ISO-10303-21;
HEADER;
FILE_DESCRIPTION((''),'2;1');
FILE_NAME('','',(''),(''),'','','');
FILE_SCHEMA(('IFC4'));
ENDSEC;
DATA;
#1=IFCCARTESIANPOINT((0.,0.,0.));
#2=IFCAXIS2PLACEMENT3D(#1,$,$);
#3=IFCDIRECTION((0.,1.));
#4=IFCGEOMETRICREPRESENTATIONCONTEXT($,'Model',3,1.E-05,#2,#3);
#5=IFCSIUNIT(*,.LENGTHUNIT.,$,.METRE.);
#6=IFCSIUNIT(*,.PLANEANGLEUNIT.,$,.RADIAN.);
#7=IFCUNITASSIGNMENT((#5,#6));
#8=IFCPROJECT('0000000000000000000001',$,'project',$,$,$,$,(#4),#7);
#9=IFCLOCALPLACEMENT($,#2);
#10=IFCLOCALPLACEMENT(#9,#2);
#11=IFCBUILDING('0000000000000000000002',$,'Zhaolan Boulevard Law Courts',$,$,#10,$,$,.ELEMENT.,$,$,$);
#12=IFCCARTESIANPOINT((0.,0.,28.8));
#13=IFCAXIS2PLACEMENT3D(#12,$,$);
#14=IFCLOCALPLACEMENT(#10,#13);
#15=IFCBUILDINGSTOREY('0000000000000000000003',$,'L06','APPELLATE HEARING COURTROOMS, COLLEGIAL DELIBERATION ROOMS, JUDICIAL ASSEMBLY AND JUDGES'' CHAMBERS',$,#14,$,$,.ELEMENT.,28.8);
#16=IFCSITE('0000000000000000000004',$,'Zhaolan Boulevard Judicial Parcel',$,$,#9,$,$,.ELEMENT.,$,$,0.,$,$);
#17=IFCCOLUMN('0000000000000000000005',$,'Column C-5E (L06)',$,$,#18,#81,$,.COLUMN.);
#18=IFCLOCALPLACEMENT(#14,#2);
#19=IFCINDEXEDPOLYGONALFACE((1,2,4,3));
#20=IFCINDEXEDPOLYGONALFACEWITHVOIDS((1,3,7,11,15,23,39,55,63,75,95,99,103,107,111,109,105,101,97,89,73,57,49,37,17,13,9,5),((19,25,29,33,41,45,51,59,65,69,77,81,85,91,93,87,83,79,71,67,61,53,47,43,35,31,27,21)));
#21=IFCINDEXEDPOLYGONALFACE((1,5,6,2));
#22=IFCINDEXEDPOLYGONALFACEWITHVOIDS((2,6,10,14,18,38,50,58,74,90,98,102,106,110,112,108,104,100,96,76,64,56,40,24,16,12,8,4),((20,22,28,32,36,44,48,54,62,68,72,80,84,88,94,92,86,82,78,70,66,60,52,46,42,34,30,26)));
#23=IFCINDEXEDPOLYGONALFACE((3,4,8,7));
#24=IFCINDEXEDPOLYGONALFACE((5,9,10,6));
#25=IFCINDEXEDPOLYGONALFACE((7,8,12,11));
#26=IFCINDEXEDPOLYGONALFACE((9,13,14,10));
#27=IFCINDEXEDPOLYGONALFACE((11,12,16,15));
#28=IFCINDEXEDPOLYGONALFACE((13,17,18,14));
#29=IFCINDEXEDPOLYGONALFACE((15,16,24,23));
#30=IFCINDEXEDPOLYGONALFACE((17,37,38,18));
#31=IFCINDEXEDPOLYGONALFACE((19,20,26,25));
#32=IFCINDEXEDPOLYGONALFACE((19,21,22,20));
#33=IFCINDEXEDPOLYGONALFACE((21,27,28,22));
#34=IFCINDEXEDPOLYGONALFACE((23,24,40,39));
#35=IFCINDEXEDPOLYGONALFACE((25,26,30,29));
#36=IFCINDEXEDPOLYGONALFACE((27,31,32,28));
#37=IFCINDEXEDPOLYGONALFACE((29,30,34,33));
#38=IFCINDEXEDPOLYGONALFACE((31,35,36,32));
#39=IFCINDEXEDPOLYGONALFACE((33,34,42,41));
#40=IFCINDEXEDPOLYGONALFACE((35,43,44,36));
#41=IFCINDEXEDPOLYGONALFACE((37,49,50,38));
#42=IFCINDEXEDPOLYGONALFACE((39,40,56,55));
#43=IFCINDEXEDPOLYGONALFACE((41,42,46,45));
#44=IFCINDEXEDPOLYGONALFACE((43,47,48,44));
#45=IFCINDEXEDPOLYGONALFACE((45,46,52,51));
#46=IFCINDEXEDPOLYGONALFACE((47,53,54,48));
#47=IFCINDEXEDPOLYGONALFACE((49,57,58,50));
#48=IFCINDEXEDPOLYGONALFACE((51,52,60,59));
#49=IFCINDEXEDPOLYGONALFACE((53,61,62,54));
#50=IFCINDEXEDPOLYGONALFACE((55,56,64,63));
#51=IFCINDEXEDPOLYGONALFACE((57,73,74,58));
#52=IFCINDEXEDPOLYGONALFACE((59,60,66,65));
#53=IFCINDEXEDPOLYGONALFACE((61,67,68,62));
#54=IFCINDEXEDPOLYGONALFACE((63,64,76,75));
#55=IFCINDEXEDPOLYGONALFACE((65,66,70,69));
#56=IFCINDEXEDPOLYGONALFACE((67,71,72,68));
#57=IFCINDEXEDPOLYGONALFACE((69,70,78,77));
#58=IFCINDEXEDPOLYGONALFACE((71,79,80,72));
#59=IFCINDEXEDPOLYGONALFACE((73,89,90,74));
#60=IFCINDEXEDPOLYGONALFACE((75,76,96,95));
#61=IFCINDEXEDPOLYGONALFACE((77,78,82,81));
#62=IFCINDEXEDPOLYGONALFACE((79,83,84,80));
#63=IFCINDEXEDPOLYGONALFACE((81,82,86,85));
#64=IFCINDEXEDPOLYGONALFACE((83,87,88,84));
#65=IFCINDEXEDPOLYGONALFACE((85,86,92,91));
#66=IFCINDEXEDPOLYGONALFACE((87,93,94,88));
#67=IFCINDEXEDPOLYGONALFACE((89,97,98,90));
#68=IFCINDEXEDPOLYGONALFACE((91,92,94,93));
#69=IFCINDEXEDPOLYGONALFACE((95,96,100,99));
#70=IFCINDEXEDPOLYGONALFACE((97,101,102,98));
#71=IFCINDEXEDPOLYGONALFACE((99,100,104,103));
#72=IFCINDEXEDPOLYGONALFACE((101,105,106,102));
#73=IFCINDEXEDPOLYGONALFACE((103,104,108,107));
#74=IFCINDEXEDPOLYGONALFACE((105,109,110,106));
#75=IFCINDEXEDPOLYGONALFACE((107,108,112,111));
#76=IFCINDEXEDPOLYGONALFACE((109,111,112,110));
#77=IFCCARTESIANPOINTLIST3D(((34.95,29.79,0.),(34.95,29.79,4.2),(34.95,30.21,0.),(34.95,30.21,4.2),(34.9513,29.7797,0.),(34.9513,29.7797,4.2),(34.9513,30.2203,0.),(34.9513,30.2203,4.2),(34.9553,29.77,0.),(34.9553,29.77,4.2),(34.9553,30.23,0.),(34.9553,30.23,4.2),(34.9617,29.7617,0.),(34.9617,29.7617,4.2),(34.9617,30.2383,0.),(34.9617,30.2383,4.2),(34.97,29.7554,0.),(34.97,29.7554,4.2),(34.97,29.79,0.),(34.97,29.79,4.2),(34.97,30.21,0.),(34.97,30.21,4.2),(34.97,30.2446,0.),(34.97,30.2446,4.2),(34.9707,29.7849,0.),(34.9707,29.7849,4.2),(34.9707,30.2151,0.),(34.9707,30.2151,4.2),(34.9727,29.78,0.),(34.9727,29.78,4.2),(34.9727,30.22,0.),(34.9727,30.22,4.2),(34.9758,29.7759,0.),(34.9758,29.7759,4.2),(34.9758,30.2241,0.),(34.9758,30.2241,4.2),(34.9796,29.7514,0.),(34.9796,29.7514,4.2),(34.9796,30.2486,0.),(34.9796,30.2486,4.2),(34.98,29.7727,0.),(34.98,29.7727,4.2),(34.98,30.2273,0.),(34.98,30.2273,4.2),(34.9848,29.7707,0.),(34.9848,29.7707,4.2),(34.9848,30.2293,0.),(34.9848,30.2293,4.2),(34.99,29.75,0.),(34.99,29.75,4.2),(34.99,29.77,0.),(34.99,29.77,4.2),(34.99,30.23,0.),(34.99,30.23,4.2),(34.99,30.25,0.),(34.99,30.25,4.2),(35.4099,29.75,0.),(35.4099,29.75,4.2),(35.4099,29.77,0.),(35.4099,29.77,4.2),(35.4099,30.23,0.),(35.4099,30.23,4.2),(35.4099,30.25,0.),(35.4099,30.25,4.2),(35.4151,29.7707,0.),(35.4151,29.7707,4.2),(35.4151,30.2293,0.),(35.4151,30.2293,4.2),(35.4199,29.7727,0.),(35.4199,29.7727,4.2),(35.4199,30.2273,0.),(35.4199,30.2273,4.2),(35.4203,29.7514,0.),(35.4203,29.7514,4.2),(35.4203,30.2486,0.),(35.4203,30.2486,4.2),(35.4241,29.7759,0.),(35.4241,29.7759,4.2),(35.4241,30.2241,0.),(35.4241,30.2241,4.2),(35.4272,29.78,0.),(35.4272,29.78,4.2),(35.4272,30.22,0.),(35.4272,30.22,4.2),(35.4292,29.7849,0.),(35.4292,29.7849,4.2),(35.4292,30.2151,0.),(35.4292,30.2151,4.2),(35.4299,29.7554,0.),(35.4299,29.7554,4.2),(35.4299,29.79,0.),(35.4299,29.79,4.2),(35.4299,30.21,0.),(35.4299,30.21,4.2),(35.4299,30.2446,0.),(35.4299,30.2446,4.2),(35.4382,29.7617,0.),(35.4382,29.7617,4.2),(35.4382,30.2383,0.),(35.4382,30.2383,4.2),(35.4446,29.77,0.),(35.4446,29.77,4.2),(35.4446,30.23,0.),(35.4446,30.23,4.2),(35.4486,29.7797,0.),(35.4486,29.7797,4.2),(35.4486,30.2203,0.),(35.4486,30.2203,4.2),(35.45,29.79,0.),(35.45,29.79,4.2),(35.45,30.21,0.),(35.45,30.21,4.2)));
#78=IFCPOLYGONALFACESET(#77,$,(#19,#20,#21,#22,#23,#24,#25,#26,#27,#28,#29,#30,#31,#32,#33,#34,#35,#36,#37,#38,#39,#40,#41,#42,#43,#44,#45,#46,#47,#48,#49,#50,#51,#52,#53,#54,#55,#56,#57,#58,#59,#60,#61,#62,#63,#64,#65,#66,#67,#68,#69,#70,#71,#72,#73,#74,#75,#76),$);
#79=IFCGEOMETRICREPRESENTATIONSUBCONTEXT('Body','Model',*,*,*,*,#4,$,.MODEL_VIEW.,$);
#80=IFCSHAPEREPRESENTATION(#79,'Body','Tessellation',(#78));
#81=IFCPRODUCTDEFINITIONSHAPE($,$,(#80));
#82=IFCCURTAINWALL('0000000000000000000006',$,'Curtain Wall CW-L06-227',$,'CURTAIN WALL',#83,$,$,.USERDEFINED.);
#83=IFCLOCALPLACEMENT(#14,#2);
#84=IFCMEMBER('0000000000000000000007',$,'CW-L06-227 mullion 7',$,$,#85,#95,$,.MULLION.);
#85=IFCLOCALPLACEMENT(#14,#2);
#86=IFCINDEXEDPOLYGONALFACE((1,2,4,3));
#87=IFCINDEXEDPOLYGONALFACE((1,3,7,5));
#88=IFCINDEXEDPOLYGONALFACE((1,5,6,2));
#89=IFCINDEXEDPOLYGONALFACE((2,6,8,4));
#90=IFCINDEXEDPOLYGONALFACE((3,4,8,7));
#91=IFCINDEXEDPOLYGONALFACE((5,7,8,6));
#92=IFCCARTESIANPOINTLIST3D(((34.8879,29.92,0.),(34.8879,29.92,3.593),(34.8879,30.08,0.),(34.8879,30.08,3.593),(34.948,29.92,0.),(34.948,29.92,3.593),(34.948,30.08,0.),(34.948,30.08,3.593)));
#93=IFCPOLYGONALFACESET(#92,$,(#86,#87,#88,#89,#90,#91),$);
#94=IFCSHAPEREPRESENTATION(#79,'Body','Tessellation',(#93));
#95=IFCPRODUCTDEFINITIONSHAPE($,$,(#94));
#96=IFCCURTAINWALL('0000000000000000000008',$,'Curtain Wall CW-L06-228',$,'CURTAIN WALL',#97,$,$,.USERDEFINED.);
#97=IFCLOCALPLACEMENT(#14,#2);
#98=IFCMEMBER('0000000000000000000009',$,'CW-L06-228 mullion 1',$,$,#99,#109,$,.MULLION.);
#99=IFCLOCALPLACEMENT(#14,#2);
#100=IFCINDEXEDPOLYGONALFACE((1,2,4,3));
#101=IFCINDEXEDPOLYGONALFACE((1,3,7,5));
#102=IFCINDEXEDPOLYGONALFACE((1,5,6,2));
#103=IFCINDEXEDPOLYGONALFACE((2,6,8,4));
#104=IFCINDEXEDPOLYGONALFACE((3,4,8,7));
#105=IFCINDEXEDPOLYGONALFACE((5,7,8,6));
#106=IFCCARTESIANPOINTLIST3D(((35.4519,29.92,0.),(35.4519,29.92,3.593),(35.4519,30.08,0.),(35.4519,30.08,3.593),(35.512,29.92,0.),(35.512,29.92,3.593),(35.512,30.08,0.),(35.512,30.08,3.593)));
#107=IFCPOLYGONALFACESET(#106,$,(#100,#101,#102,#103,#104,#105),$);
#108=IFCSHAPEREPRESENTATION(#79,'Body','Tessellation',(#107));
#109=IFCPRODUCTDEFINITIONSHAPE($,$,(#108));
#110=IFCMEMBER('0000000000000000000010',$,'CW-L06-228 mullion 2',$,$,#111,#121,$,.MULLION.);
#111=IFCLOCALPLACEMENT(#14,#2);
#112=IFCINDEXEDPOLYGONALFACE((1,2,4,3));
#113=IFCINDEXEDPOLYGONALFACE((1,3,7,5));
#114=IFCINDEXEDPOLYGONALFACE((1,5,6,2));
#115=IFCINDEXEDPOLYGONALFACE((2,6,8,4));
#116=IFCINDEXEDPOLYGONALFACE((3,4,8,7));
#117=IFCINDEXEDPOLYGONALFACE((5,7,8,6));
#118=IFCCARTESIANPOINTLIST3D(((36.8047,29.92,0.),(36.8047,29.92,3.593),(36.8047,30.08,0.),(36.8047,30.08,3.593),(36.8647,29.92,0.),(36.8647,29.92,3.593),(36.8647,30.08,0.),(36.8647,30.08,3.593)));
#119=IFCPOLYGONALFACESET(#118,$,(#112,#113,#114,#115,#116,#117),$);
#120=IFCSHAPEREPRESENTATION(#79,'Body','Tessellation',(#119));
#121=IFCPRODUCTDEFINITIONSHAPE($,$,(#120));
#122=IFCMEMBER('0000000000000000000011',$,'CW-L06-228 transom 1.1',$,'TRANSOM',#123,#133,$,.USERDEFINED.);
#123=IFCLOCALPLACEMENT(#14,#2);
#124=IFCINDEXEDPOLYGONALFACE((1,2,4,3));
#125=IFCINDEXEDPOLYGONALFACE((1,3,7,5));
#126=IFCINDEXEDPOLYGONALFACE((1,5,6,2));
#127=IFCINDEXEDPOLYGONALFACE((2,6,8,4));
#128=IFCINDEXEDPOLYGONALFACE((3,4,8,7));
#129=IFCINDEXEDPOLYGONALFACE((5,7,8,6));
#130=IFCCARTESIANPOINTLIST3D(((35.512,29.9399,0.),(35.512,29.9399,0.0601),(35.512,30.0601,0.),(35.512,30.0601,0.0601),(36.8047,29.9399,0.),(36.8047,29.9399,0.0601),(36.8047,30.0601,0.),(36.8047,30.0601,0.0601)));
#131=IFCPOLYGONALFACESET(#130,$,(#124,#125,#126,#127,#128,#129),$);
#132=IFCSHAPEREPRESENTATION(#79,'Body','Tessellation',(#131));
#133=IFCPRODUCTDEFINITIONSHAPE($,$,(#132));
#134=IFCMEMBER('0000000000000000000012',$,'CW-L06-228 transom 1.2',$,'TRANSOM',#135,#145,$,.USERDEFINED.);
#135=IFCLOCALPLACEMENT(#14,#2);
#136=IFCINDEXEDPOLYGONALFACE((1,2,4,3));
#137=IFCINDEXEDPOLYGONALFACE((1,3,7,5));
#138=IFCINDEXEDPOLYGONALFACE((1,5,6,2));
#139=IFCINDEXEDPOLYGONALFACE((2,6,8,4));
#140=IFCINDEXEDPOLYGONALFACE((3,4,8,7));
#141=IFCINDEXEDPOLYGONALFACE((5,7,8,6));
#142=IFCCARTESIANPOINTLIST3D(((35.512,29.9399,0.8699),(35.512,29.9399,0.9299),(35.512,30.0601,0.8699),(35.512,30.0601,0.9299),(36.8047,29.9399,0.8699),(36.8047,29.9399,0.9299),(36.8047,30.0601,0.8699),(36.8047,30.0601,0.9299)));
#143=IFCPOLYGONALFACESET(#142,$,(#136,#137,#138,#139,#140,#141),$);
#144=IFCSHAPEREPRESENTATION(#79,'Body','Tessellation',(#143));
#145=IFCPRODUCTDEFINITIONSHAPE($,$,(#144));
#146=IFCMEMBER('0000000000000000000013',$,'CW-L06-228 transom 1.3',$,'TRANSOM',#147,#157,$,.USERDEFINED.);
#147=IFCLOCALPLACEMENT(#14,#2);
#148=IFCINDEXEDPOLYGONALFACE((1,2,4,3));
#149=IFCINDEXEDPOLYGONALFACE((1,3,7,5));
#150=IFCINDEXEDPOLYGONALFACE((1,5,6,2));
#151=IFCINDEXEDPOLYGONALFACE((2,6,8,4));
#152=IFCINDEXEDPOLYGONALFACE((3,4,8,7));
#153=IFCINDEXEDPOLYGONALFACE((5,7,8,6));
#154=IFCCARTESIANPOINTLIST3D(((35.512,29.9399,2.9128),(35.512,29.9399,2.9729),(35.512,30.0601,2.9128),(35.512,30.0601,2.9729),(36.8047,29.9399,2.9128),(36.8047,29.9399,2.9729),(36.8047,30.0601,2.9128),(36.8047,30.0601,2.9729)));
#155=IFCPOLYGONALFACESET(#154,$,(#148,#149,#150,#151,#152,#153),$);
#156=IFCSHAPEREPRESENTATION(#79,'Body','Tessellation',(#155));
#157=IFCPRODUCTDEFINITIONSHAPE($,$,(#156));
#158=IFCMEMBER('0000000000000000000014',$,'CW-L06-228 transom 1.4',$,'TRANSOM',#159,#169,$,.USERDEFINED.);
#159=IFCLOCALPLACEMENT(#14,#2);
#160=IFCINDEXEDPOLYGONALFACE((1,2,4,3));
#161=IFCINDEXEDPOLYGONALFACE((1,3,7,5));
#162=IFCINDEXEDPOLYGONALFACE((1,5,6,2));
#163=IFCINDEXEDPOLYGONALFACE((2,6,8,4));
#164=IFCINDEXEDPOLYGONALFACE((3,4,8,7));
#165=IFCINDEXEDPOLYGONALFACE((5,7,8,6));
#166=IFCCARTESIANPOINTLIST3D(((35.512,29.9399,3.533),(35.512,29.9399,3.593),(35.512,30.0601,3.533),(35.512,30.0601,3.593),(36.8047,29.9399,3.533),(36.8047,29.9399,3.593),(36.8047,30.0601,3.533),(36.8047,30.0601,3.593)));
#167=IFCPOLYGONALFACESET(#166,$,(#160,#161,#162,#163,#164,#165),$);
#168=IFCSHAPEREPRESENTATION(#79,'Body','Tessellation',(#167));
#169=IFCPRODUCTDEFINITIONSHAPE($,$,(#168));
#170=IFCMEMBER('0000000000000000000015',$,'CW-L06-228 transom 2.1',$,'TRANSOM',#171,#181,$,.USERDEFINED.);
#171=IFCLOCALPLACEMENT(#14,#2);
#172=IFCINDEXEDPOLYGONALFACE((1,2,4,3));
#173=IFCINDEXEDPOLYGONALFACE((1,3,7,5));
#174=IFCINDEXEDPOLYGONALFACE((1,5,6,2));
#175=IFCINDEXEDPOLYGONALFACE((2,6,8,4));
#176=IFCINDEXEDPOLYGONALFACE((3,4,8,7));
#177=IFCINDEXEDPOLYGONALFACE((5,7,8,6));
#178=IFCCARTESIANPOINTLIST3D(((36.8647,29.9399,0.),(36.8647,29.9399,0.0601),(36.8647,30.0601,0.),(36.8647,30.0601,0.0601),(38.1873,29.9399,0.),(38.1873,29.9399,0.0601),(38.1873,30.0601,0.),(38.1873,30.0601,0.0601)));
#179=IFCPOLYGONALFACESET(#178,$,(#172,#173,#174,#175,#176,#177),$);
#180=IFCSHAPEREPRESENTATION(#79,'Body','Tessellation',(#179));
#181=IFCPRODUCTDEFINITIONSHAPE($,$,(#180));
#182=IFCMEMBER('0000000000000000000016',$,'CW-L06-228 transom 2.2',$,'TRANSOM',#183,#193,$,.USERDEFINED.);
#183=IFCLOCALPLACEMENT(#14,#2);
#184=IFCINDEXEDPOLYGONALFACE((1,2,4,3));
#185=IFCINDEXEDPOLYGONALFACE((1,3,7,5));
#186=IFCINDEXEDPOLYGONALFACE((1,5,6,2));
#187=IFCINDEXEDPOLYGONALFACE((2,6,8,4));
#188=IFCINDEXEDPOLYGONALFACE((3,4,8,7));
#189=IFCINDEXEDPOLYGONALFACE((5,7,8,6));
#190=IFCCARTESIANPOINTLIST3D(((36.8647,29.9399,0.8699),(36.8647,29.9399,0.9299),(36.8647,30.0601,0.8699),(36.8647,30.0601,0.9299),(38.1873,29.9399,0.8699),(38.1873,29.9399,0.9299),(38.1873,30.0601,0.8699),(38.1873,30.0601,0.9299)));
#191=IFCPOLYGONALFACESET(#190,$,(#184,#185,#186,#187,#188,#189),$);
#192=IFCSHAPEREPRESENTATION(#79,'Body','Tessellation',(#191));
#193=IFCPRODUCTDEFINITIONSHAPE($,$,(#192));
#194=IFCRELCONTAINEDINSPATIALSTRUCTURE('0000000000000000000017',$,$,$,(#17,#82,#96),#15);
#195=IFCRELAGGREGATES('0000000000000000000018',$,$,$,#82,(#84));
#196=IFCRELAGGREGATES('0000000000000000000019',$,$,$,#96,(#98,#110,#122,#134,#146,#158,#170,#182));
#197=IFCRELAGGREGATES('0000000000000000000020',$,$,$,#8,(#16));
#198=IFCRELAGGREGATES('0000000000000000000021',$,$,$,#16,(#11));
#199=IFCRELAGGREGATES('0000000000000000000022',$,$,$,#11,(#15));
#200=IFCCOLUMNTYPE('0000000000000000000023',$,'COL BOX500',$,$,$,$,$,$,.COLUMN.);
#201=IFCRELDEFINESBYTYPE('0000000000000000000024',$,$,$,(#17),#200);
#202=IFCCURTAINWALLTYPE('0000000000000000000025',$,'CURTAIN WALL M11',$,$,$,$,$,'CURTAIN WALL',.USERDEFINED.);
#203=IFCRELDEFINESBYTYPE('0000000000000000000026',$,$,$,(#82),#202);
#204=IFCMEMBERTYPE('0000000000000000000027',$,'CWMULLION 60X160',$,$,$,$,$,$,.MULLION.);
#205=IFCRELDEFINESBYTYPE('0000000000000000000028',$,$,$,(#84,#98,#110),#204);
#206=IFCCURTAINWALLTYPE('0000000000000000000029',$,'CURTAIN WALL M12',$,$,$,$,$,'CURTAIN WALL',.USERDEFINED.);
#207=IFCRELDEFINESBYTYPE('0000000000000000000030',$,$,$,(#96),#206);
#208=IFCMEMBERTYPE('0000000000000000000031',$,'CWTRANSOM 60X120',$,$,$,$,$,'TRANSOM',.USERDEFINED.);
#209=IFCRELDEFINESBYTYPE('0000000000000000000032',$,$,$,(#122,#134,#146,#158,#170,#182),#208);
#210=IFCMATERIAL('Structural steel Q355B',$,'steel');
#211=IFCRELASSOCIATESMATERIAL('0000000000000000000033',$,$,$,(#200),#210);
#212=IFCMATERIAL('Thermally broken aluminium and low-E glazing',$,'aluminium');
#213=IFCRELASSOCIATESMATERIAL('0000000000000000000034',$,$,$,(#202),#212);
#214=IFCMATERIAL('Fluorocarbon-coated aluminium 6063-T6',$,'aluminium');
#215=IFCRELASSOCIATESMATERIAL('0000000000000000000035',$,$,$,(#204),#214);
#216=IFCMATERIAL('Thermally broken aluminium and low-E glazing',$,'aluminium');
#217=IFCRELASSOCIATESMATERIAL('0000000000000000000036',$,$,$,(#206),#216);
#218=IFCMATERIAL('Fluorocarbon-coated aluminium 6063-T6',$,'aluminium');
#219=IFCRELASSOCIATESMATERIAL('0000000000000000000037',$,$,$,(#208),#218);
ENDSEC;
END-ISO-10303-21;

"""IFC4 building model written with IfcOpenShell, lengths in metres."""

from ifc_helpers import new_model, si_unit, direction, frame, origin, origin_2d, place, context, subcontext, project, spatial, rectangle, hollow_rectangle, extrude, material, material_profile, profile_set, type_object, element, aggregate, save


model = new_model("IFC4")

# Units and contexts
model_context = context("Model", 3, precision=1e-05, world=origin(), true_north=direction((0.0, 1.0)))
body_context = subcontext(model_context, "Body", "Model", "MODEL_VIEW")
ifc_project = project(units=[si_unit("LENGTHUNIT", "METRE"), si_unit("PLANEANGLEUNIT", "RADIAN")], contexts=[model_context])

# Site, building, storey
site_placement = place(None, origin())
site = spatial("IfcSite", under=ifc_project, at=site_placement, Name="Zhaolan Boulevard Judicial Parcel", CompositionType="ELEMENT", RefElevation=0.0)
building_placement = place(site_placement, origin())
building = spatial("IfcBuilding", under=site, at=building_placement, Name="Zhaolan Boulevard Law Courts", CompositionType="ELEMENT")
storey_placement = place(building_placement, frame((0.0, 0.0, 28.8)))
storey = spatial("IfcBuildingStorey", under=building, at=storey_placement, Name="L06", Description="APPELLATE HEARING COURTROOMS, COLLEGIAL DELIBERATION ROOMS, JUDICIAL ASSEMBLY AND JUDGES' CHAMBERS", CompositionType="ELEMENT", Elevation=28.8)

# Column
ifc_material_1 = material(Name="Structural steel Q355B", Category="steel")
ifc_material_profile_1 = material_profile(ifc_material_1, hollow_rectangle(XDim=0.5, YDim=0.5, WallThickness=0.02, InnerFilletRadius=0.02, OuterFilletRadius=0.04, at=origin_2d()), Name="BOX500x500x20")
ifc_profile_set_1 = profile_set([ifc_material_profile_1], Name="Structural steel Q355B")
column_type = type_object("IfcColumnType", Name="COL BOX500", PredefinedType="COLUMN", material=ifc_profile_set_1)
column_placement = place(storey_placement, frame((35.2, 30.0, 0.0), z_axis=(0.0, 0.0, 1.0), x_axis=(1.0, 0.0, 0.0)))
element("IfcColumn", 1, at=column_placement, inside=storey, type_object=column_type, Name="Column C-5E (L06)", PredefinedType="COLUMN", context=body_context, shape_type="SweptSolid", body=[
    extrude(hollow_rectangle(XDim=0.5, YDim=0.5, WallThickness=0.02, InnerFilletRadius=0.02, OuterFilletRadius=0.04, at=origin_2d()), origin(), (0.0, 0.0, 1.0), 4.2),
])

# Curtain wall, member
ifc_material_2 = material(Name="Thermally broken aluminium and low-E glazing", Category="aluminium")
curtain_wall_type_1 = type_object("IfcCurtainWallType", Name="CURTAIN WALL M11", ElementType="CURTAIN WALL", PredefinedType="USERDEFINED", material=ifc_material_2)
curtain_wall_1_placement = place(storey_placement, origin())
curtain_wall_1 = element("IfcCurtainWall", 2, at=curtain_wall_1_placement, inside=storey, type_object=curtain_wall_type_1, Name="Curtain Wall CW-L06-227", ObjectType="CURTAIN WALL", PredefinedType="USERDEFINED")
ifc_material_3 = material(Name="Fluorocarbon-coated aluminium 6063-T6", Category="aluminium")
ifc_material_profile_2 = material_profile(ifc_material_3, rectangle(XDim=0.1599, YDim=0.0601, at=origin_2d()), Name="AL60x160")
ifc_profile_set_2 = profile_set([ifc_material_profile_2], Name="Fluorocarbon-coated aluminium 6063-T6")
member_type_1 = type_object("IfcMemberType", Name="CWMULLION 60X160", PredefinedType="MULLION", material=ifc_profile_set_2)
member_1_placement = place(storey_placement, frame((34.918, 30.0, 0.0), z_axis=(0.0, 0.0, 1.0), x_axis=(0.0, 1.0, 0.0)))
member_1 = element("IfcMember", 3, at=member_1_placement, type_object=member_type_1, Name="CW-L06-227 mullion 7", PredefinedType="MULLION", context=body_context, shape_type="SweptSolid", body=[
    extrude(rectangle(XDim=0.1599, YDim=0.0601, at=origin_2d()), origin(), (0.0, 0.0, 1.0), 3.593),
])
aggregate(curtain_wall_1, [member_1])

# Curtain wall, members
ifc_material_4 = material(Name="Thermally broken aluminium and low-E glazing", Category="aluminium")
curtain_wall_type_2 = type_object("IfcCurtainWallType", Name="CURTAIN WALL M12", ElementType="CURTAIN WALL", PredefinedType="USERDEFINED", material=ifc_material_4)
curtain_wall_2_placement = place(storey_placement, origin())
curtain_wall_2 = element("IfcCurtainWall", 4, at=curtain_wall_2_placement, inside=storey, type_object=curtain_wall_type_2, Name="Curtain Wall CW-L06-228", ObjectType="CURTAIN WALL", PredefinedType="USERDEFINED")
member_2_placement = place(storey_placement, frame((35.4819, 30.0, 0.0), z_axis=(0.0, 0.0, 1.0), x_axis=(0.0, 1.0, 0.0)))
member_2 = element("IfcMember", 5, at=member_2_placement, type_object=member_type_1, Name="CW-L06-228 mullion 1", PredefinedType="MULLION", context=body_context, shape_type="SweptSolid", body=[
    extrude(rectangle(XDim=0.1599, YDim=0.0601, at=origin_2d()), origin(), (0.0, 0.0, 1.0), 3.593),
])
member_3_placement = place(storey_placement, frame((36.8347, 30.0, 0.0), z_axis=(0.0, 0.0, 1.0), x_axis=(0.0, 1.0, 0.0)))
member_3 = element("IfcMember", 6, at=member_3_placement, type_object=member_type_1, Name="CW-L06-228 mullion 2", PredefinedType="MULLION", context=body_context, shape_type="SweptSolid", body=[
    extrude(rectangle(XDim=0.1599, YDim=0.0601, at=origin_2d()), origin(), (0.0, 0.0, 1.0), 3.593),
])
ifc_material_5 = material(Name="Fluorocarbon-coated aluminium 6063-T6", Category="aluminium")
ifc_material_profile_3 = material_profile(ifc_material_5, rectangle(XDim=0.1201, YDim=0.0601, at=origin_2d()), Name="AL60x120")
ifc_profile_set_3 = profile_set([ifc_material_profile_3], Name="Fluorocarbon-coated aluminium 6063-T6")
member_type_2 = type_object("IfcMemberType", Name="CWTRANSOM 60X120", ElementType="TRANSOM", PredefinedType="USERDEFINED", material=ifc_profile_set_3)
member_4_placement = place(storey_placement, frame((35.512, 30.0, 0.03), z_axis=(1.0, 0.0, 0.0), x_axis=(0.0, 1.0, 0.0)))
member_4 = element("IfcMember", 7, at=member_4_placement, type_object=member_type_2, Name="CW-L06-228 transom 1.1", ObjectType="TRANSOM", PredefinedType="USERDEFINED", context=body_context, shape_type="SweptSolid", body=[
    extrude(rectangle(XDim=0.1201, YDim=0.0601, at=origin_2d()), origin(), (0.0, 0.0, 1.0), 1.2927),
])
member_5_placement = place(storey_placement, frame((35.512, 30.0, 0.8999), z_axis=(1.0, 0.0, 0.0), x_axis=(0.0, 1.0, 0.0)))
member_5 = element("IfcMember", 8, at=member_5_placement, type_object=member_type_2, Name="CW-L06-228 transom 1.2", ObjectType="TRANSOM", PredefinedType="USERDEFINED", context=body_context, shape_type="SweptSolid", body=[
    extrude(rectangle(XDim=0.1201, YDim=0.0601, at=origin_2d()), origin(), (0.0, 0.0, 1.0), 1.2927),
])
member_6_placement = place(storey_placement, frame((35.512, 30.0, 2.9429), z_axis=(1.0, 0.0, 0.0), x_axis=(0.0, 1.0, 0.0)))
member_6 = element("IfcMember", 9, at=member_6_placement, type_object=member_type_2, Name="CW-L06-228 transom 1.3", ObjectType="TRANSOM", PredefinedType="USERDEFINED", context=body_context, shape_type="SweptSolid", body=[
    extrude(rectangle(XDim=0.1201, YDim=0.0601, at=origin_2d()), origin(), (0.0, 0.0, 1.0), 1.2927),
])
member_7_placement = place(storey_placement, frame((35.512, 30.0, 3.563), z_axis=(1.0, 0.0, 0.0), x_axis=(0.0, 1.0, 0.0)))
member_7 = element("IfcMember", 10, at=member_7_placement, type_object=member_type_2, Name="CW-L06-228 transom 1.4", ObjectType="TRANSOM", PredefinedType="USERDEFINED", context=body_context, shape_type="SweptSolid", body=[
    extrude(rectangle(XDim=0.1201, YDim=0.0601, at=origin_2d()), origin(), (0.0, 0.0, 1.0), 1.2927),
])
member_8_placement = place(storey_placement, frame((36.8647, 30.0, 0.03), z_axis=(1.0, 0.0, 0.0), x_axis=(0.0, 1.0, 0.0)))
member_8 = element("IfcMember", 11, at=member_8_placement, type_object=member_type_2, Name="CW-L06-228 transom 2.1", ObjectType="TRANSOM", PredefinedType="USERDEFINED", context=body_context, shape_type="SweptSolid", body=[
    extrude(rectangle(XDim=0.1201, YDim=0.0601, at=origin_2d()), origin(), (0.0, 0.0, 1.0), 1.3225),
])
member_9_placement = place(storey_placement, frame((36.8647, 30.0, 0.8999), z_axis=(1.0, 0.0, 0.0), x_axis=(0.0, 1.0, 0.0)))
member_9 = element("IfcMember", 12, at=member_9_placement, type_object=member_type_2, Name="CW-L06-228 transom 2.2", ObjectType="TRANSOM", PredefinedType="USERDEFINED", context=body_context, shape_type="SweptSolid", body=[
    extrude(rectangle(XDim=0.1201, YDim=0.0601, at=origin_2d()), origin(), (0.0, 0.0, 1.0), 1.3225),
])

aggregate(curtain_wall_2, [member_2, member_3, member_4, member_5, member_6, member_7, member_8, member_9])

save(model, "model.ifc")
